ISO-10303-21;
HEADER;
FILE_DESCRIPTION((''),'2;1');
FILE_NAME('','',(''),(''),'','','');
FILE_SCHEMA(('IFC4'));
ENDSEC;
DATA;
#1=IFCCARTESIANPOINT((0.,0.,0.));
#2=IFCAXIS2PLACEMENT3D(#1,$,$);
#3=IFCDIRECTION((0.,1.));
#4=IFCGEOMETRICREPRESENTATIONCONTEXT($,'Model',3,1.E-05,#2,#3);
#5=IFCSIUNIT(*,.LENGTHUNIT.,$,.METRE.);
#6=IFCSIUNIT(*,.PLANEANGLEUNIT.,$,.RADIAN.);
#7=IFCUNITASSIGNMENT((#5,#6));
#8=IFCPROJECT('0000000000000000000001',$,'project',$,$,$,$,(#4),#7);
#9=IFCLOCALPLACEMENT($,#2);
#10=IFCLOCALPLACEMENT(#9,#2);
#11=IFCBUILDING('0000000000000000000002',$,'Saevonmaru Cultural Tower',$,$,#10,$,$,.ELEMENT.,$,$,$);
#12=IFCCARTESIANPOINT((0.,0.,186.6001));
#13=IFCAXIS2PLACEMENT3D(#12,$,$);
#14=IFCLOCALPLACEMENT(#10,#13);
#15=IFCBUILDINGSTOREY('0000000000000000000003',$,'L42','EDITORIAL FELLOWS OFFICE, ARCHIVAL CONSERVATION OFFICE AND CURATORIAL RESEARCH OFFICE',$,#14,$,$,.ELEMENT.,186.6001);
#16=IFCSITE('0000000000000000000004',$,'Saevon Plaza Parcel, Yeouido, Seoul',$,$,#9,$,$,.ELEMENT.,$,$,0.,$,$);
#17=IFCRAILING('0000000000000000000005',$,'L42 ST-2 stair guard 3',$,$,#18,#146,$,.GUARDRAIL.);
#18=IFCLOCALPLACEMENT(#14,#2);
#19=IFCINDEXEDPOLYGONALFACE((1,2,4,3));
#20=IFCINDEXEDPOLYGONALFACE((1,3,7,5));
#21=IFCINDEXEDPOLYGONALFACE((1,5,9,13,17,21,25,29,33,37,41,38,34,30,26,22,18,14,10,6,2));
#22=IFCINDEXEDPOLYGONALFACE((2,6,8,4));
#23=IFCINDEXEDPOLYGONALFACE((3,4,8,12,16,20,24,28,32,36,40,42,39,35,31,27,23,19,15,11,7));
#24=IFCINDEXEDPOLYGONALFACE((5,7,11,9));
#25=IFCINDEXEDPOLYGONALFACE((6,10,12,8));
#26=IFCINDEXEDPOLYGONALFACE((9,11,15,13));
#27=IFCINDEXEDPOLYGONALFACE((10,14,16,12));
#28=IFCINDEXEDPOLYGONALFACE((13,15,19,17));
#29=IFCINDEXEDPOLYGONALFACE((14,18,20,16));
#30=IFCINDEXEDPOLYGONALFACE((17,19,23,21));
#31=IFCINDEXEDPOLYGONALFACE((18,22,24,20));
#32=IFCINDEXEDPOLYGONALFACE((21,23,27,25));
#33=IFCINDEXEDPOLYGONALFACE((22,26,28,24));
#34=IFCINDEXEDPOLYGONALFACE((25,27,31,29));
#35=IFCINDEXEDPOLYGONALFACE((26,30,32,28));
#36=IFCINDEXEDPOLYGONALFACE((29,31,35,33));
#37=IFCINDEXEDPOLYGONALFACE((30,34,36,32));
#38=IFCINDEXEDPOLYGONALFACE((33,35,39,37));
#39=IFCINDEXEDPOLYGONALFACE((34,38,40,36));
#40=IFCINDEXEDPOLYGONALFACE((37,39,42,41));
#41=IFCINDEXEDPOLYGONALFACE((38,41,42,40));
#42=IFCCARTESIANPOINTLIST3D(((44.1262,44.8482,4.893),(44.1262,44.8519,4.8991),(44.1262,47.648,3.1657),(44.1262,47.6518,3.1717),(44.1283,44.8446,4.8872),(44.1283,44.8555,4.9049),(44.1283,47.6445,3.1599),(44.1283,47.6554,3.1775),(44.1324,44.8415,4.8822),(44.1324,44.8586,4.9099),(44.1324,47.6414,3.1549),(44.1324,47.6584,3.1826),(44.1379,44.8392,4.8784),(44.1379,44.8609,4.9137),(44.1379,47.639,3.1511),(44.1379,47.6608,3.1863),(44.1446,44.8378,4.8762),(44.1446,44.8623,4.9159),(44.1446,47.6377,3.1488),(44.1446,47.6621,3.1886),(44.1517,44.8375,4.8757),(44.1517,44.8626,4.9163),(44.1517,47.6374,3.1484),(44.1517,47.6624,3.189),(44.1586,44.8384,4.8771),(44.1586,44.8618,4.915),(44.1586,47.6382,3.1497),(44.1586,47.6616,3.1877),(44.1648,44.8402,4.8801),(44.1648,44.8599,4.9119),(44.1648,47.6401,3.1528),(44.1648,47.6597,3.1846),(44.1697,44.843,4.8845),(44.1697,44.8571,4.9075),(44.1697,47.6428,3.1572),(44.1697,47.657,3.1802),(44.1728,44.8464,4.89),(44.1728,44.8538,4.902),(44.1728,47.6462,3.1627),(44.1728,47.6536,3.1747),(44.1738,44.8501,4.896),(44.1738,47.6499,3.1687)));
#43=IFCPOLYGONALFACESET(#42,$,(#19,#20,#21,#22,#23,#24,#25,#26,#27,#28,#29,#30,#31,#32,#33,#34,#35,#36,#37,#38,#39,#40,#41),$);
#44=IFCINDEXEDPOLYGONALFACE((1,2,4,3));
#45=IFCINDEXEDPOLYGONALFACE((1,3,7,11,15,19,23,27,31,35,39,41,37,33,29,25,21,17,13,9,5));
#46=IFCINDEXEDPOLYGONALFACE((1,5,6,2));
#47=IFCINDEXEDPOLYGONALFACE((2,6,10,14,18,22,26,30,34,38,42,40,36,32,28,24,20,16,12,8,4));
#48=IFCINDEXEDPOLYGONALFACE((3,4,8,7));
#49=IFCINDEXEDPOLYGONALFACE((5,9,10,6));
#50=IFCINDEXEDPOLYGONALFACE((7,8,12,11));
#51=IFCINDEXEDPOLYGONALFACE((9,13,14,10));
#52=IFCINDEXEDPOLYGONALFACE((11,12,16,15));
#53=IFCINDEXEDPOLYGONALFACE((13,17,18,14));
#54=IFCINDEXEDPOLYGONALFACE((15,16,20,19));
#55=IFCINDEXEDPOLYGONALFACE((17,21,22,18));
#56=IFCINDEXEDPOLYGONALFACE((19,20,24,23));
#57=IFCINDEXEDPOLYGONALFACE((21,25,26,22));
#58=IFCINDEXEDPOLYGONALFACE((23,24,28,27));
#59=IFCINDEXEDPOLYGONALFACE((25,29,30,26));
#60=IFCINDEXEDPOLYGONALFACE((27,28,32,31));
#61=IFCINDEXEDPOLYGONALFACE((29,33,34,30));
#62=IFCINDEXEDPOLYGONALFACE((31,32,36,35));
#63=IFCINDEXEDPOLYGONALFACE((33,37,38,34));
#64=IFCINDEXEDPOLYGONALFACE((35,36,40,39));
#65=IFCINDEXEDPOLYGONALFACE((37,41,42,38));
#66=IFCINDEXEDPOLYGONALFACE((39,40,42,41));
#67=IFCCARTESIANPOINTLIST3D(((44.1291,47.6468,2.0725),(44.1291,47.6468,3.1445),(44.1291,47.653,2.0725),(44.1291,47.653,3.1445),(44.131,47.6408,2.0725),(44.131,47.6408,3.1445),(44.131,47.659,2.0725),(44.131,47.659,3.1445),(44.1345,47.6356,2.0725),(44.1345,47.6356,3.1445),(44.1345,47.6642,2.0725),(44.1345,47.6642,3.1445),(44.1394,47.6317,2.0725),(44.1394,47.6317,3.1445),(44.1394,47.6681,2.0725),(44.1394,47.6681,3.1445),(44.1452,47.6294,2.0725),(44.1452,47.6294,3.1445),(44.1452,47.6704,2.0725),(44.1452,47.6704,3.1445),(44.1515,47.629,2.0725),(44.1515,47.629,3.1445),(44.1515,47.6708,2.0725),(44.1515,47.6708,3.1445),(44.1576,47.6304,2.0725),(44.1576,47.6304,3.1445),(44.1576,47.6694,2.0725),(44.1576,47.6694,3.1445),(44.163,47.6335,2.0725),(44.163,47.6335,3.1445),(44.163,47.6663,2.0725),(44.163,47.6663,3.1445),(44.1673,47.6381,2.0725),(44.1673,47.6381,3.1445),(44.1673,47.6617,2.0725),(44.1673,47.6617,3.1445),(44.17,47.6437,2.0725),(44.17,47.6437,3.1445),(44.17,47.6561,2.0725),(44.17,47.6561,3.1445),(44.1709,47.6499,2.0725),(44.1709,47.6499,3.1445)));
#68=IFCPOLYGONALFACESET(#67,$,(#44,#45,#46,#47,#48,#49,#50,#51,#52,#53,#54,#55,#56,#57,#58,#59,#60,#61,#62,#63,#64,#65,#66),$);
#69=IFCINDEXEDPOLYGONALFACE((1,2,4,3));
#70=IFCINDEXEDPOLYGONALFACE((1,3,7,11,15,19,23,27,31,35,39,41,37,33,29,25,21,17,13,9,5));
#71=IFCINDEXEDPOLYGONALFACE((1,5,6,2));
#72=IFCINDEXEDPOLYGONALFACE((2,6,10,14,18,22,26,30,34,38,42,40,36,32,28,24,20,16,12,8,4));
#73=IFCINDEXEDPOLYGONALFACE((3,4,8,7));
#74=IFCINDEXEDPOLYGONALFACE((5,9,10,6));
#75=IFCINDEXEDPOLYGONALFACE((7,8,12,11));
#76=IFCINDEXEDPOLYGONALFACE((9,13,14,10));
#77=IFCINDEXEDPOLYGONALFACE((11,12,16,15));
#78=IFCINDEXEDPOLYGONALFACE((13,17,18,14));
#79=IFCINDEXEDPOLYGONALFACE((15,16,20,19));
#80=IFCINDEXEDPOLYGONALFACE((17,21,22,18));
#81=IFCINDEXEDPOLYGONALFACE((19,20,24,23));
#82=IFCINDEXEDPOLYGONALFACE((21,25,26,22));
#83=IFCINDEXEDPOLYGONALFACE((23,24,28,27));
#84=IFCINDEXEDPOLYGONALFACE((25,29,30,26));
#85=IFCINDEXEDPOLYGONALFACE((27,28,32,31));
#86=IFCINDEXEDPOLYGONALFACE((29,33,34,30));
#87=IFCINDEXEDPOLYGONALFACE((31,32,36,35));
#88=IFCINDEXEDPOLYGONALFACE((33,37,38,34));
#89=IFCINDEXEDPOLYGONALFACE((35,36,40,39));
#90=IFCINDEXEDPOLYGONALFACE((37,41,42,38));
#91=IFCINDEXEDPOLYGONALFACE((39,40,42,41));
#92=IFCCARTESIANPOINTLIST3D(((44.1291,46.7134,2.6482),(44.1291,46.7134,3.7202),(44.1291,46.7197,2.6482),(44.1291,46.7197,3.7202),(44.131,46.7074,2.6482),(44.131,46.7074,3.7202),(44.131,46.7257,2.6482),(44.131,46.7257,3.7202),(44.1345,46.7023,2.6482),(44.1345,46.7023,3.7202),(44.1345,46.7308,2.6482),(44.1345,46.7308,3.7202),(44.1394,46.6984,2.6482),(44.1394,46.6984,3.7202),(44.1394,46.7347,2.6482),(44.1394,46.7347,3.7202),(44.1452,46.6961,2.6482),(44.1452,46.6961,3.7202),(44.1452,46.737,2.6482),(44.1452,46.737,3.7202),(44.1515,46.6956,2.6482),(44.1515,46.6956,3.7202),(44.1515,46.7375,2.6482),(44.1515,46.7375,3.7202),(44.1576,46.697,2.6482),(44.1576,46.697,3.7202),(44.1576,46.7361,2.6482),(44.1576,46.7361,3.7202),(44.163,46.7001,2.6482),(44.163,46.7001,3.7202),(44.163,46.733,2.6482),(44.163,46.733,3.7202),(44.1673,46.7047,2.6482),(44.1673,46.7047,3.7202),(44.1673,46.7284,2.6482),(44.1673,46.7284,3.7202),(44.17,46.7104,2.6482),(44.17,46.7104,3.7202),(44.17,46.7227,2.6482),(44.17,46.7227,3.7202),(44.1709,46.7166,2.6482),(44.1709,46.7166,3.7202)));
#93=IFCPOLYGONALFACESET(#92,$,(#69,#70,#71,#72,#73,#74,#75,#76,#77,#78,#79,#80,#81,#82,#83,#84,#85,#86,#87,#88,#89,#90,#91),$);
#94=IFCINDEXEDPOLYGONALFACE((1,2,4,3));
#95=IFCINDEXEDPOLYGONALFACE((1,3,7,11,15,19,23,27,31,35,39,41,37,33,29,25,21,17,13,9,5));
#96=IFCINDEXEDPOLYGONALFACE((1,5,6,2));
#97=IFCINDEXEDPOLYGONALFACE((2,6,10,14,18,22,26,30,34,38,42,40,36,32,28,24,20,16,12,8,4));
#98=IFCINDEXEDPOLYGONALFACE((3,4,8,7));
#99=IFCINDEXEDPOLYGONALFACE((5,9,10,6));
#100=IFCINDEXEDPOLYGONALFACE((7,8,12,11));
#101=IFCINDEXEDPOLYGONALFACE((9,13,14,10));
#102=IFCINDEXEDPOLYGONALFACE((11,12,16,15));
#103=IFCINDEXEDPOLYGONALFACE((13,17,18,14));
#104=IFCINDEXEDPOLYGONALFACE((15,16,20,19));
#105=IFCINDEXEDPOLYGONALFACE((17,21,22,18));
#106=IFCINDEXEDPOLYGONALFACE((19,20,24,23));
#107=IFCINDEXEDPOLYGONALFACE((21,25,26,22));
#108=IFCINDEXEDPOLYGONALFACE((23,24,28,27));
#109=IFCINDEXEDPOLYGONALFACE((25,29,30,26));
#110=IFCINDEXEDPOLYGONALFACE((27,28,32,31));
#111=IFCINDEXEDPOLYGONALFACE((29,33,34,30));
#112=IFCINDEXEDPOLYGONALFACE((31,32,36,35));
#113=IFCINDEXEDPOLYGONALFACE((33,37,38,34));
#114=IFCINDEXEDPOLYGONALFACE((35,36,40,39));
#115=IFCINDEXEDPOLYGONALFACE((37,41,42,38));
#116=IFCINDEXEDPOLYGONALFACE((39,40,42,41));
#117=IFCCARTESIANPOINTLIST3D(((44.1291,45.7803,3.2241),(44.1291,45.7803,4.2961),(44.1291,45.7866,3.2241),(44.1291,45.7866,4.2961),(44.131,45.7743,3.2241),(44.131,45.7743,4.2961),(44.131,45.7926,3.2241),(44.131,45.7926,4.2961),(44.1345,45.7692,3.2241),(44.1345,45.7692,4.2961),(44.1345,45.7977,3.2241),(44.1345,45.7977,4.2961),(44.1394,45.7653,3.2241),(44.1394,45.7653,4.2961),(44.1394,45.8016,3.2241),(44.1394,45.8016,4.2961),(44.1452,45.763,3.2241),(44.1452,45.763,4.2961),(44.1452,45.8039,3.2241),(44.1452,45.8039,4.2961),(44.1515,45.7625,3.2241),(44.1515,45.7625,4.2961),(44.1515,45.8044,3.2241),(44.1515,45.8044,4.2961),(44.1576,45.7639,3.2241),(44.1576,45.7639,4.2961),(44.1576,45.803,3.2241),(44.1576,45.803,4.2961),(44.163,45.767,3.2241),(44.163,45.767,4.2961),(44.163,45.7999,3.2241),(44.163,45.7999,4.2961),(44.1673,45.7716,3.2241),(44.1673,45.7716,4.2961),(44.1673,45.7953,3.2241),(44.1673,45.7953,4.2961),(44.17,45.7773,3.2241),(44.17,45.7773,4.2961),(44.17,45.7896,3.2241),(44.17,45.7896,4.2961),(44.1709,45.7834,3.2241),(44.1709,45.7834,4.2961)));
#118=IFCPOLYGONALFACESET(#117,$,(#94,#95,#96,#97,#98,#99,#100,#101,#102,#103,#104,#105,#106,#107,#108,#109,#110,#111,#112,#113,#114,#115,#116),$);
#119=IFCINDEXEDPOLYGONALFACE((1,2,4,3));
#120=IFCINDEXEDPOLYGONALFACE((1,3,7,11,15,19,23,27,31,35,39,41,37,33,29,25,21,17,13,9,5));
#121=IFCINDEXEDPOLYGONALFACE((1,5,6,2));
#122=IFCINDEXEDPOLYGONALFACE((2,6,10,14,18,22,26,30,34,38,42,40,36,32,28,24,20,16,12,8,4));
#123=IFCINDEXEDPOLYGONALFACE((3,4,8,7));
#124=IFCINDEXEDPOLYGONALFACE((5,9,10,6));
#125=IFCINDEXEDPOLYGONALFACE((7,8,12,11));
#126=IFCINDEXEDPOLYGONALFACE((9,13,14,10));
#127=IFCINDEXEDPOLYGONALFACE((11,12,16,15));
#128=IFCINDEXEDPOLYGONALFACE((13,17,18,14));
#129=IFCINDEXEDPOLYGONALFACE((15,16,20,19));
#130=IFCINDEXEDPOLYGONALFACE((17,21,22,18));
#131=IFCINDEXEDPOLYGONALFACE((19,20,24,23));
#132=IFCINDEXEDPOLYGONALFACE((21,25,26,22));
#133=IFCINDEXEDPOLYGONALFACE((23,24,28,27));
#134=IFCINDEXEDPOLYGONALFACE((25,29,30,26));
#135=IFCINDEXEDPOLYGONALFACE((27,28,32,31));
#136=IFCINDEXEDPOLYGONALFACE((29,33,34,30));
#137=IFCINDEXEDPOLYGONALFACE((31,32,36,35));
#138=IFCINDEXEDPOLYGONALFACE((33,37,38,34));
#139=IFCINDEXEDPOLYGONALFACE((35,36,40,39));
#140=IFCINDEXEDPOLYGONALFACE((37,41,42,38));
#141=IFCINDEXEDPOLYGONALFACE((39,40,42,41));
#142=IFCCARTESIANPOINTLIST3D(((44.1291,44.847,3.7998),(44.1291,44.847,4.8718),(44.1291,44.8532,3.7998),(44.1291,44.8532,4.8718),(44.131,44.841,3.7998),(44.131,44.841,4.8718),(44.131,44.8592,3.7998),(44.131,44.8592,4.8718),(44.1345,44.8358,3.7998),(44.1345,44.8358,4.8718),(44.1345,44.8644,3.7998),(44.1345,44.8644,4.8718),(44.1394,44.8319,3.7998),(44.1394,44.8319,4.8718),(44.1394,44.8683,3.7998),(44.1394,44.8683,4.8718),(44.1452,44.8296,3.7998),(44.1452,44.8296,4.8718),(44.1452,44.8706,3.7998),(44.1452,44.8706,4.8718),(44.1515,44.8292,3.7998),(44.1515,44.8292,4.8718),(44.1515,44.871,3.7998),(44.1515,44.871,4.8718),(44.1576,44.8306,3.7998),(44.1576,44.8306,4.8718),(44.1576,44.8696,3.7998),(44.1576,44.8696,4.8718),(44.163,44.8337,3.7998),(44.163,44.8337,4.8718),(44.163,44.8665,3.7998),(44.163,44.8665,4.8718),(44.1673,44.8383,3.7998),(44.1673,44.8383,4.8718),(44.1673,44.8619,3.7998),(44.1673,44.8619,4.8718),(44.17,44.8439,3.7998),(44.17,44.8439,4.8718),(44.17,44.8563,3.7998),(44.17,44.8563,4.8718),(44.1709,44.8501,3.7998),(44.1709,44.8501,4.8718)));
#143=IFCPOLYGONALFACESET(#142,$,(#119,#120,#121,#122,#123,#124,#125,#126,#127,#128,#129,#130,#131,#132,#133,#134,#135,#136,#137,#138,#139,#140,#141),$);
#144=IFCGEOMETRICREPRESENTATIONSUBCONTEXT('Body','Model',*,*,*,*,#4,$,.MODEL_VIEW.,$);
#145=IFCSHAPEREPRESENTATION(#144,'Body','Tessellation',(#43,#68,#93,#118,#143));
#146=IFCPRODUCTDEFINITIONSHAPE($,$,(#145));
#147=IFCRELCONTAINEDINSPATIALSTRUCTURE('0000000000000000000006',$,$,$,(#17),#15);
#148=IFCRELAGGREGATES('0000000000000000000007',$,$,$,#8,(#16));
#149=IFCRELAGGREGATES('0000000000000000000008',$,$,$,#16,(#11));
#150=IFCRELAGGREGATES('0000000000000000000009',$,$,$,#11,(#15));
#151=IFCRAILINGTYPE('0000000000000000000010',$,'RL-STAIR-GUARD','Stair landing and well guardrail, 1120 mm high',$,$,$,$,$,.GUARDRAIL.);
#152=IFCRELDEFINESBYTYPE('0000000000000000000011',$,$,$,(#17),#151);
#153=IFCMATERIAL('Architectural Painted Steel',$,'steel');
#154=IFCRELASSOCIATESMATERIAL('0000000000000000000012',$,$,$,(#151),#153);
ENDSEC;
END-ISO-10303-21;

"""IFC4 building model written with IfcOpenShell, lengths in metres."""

from ifc_helpers import new_model, si_unit, direction, frame, origin, origin_2d, place, context, subcontext, project, spatial, circle, extrude, material, type_object, element, save


model = new_model("IFC4")

# Units and contexts
model_context = context("Model", 3, precision=1e-05, world=origin(), true_north=direction((0.0, 1.0)))
body_context = subcontext(model_context, "Body", "Model", "MODEL_VIEW")
ifc_project = project(units=[si_unit("LENGTHUNIT", "METRE"), si_unit("PLANEANGLEUNIT", "RADIAN")], contexts=[model_context])

# Site, building, storey
site_placement = place(None, origin())
site = spatial("IfcSite", under=ifc_project, at=site_placement, Name="Saevon Plaza Parcel, Yeouido, Seoul", CompositionType="ELEMENT", RefElevation=0.0)
building_placement = place(site_placement, origin())
building = spatial("IfcBuilding", under=site, at=building_placement, Name="Saevonmaru Cultural Tower", CompositionType="ELEMENT")
storey_placement = place(building_placement, frame((0.0, 0.0, 186.6001)))
storey = spatial("IfcBuildingStorey", under=building, at=storey_placement, Name="L42", Description="EDITORIAL FELLOWS OFFICE, ARCHIVAL CONSERVATION OFFICE AND CURATORIAL RESEARCH OFFICE", CompositionType="ELEMENT", Elevation=186.6001)

# Railing
ifc_material_1 = material(Name="Architectural Painted Steel", Category="steel")
railing_type_1 = type_object("IfcRailingType", Name="RL-STAIR-GUARD", Description="Stair landing and well guardrail, 1120 mm high", PredefinedType="GUARDRAIL", material=ifc_material_1)
railing_1_placement = place(storey_placement, frame((44.1499, 47.6499, 2.0725)))
element("IfcRailing", 1, at=railing_1_placement, inside=storey, type_object=railing_type_1, Name="L42 ST-2 stair guard 3", PredefinedType="GUARDRAIL", context=body_context, shape_type="SweptSolid", body=[
    extrude(circle(Radius=0.0239, at=origin_2d()), frame((0.0, 0.0, 1.0962), z_axis=(0.0, -0.851069, 0.525054), x_axis=(1.0, 0.0, 0.0)), (0.0, 0.0, 1.0), 3.2898),
    extrude(circle(Radius=0.021, at=origin_2d()), origin(), (0.0, 0.0, 1.0), 1.072),
    extrude(circle(Radius=0.021, at=origin_2d()), frame((0.0, -0.9333, 0.5757)), (0.0, 0.0, 1.0), 1.072),
    extrude(circle(Radius=0.021, at=origin_2d()), frame((0.0, -1.8665, 1.1516)), (0.0, 0.0, 1.0), 1.072),
    extrude(circle(Radius=0.021, at=origin_2d()), frame((0.0, -2.7998, 1.7273)), (0.0, 0.0, 1.0), 1.072),
])

save(model, "model.ifc")
